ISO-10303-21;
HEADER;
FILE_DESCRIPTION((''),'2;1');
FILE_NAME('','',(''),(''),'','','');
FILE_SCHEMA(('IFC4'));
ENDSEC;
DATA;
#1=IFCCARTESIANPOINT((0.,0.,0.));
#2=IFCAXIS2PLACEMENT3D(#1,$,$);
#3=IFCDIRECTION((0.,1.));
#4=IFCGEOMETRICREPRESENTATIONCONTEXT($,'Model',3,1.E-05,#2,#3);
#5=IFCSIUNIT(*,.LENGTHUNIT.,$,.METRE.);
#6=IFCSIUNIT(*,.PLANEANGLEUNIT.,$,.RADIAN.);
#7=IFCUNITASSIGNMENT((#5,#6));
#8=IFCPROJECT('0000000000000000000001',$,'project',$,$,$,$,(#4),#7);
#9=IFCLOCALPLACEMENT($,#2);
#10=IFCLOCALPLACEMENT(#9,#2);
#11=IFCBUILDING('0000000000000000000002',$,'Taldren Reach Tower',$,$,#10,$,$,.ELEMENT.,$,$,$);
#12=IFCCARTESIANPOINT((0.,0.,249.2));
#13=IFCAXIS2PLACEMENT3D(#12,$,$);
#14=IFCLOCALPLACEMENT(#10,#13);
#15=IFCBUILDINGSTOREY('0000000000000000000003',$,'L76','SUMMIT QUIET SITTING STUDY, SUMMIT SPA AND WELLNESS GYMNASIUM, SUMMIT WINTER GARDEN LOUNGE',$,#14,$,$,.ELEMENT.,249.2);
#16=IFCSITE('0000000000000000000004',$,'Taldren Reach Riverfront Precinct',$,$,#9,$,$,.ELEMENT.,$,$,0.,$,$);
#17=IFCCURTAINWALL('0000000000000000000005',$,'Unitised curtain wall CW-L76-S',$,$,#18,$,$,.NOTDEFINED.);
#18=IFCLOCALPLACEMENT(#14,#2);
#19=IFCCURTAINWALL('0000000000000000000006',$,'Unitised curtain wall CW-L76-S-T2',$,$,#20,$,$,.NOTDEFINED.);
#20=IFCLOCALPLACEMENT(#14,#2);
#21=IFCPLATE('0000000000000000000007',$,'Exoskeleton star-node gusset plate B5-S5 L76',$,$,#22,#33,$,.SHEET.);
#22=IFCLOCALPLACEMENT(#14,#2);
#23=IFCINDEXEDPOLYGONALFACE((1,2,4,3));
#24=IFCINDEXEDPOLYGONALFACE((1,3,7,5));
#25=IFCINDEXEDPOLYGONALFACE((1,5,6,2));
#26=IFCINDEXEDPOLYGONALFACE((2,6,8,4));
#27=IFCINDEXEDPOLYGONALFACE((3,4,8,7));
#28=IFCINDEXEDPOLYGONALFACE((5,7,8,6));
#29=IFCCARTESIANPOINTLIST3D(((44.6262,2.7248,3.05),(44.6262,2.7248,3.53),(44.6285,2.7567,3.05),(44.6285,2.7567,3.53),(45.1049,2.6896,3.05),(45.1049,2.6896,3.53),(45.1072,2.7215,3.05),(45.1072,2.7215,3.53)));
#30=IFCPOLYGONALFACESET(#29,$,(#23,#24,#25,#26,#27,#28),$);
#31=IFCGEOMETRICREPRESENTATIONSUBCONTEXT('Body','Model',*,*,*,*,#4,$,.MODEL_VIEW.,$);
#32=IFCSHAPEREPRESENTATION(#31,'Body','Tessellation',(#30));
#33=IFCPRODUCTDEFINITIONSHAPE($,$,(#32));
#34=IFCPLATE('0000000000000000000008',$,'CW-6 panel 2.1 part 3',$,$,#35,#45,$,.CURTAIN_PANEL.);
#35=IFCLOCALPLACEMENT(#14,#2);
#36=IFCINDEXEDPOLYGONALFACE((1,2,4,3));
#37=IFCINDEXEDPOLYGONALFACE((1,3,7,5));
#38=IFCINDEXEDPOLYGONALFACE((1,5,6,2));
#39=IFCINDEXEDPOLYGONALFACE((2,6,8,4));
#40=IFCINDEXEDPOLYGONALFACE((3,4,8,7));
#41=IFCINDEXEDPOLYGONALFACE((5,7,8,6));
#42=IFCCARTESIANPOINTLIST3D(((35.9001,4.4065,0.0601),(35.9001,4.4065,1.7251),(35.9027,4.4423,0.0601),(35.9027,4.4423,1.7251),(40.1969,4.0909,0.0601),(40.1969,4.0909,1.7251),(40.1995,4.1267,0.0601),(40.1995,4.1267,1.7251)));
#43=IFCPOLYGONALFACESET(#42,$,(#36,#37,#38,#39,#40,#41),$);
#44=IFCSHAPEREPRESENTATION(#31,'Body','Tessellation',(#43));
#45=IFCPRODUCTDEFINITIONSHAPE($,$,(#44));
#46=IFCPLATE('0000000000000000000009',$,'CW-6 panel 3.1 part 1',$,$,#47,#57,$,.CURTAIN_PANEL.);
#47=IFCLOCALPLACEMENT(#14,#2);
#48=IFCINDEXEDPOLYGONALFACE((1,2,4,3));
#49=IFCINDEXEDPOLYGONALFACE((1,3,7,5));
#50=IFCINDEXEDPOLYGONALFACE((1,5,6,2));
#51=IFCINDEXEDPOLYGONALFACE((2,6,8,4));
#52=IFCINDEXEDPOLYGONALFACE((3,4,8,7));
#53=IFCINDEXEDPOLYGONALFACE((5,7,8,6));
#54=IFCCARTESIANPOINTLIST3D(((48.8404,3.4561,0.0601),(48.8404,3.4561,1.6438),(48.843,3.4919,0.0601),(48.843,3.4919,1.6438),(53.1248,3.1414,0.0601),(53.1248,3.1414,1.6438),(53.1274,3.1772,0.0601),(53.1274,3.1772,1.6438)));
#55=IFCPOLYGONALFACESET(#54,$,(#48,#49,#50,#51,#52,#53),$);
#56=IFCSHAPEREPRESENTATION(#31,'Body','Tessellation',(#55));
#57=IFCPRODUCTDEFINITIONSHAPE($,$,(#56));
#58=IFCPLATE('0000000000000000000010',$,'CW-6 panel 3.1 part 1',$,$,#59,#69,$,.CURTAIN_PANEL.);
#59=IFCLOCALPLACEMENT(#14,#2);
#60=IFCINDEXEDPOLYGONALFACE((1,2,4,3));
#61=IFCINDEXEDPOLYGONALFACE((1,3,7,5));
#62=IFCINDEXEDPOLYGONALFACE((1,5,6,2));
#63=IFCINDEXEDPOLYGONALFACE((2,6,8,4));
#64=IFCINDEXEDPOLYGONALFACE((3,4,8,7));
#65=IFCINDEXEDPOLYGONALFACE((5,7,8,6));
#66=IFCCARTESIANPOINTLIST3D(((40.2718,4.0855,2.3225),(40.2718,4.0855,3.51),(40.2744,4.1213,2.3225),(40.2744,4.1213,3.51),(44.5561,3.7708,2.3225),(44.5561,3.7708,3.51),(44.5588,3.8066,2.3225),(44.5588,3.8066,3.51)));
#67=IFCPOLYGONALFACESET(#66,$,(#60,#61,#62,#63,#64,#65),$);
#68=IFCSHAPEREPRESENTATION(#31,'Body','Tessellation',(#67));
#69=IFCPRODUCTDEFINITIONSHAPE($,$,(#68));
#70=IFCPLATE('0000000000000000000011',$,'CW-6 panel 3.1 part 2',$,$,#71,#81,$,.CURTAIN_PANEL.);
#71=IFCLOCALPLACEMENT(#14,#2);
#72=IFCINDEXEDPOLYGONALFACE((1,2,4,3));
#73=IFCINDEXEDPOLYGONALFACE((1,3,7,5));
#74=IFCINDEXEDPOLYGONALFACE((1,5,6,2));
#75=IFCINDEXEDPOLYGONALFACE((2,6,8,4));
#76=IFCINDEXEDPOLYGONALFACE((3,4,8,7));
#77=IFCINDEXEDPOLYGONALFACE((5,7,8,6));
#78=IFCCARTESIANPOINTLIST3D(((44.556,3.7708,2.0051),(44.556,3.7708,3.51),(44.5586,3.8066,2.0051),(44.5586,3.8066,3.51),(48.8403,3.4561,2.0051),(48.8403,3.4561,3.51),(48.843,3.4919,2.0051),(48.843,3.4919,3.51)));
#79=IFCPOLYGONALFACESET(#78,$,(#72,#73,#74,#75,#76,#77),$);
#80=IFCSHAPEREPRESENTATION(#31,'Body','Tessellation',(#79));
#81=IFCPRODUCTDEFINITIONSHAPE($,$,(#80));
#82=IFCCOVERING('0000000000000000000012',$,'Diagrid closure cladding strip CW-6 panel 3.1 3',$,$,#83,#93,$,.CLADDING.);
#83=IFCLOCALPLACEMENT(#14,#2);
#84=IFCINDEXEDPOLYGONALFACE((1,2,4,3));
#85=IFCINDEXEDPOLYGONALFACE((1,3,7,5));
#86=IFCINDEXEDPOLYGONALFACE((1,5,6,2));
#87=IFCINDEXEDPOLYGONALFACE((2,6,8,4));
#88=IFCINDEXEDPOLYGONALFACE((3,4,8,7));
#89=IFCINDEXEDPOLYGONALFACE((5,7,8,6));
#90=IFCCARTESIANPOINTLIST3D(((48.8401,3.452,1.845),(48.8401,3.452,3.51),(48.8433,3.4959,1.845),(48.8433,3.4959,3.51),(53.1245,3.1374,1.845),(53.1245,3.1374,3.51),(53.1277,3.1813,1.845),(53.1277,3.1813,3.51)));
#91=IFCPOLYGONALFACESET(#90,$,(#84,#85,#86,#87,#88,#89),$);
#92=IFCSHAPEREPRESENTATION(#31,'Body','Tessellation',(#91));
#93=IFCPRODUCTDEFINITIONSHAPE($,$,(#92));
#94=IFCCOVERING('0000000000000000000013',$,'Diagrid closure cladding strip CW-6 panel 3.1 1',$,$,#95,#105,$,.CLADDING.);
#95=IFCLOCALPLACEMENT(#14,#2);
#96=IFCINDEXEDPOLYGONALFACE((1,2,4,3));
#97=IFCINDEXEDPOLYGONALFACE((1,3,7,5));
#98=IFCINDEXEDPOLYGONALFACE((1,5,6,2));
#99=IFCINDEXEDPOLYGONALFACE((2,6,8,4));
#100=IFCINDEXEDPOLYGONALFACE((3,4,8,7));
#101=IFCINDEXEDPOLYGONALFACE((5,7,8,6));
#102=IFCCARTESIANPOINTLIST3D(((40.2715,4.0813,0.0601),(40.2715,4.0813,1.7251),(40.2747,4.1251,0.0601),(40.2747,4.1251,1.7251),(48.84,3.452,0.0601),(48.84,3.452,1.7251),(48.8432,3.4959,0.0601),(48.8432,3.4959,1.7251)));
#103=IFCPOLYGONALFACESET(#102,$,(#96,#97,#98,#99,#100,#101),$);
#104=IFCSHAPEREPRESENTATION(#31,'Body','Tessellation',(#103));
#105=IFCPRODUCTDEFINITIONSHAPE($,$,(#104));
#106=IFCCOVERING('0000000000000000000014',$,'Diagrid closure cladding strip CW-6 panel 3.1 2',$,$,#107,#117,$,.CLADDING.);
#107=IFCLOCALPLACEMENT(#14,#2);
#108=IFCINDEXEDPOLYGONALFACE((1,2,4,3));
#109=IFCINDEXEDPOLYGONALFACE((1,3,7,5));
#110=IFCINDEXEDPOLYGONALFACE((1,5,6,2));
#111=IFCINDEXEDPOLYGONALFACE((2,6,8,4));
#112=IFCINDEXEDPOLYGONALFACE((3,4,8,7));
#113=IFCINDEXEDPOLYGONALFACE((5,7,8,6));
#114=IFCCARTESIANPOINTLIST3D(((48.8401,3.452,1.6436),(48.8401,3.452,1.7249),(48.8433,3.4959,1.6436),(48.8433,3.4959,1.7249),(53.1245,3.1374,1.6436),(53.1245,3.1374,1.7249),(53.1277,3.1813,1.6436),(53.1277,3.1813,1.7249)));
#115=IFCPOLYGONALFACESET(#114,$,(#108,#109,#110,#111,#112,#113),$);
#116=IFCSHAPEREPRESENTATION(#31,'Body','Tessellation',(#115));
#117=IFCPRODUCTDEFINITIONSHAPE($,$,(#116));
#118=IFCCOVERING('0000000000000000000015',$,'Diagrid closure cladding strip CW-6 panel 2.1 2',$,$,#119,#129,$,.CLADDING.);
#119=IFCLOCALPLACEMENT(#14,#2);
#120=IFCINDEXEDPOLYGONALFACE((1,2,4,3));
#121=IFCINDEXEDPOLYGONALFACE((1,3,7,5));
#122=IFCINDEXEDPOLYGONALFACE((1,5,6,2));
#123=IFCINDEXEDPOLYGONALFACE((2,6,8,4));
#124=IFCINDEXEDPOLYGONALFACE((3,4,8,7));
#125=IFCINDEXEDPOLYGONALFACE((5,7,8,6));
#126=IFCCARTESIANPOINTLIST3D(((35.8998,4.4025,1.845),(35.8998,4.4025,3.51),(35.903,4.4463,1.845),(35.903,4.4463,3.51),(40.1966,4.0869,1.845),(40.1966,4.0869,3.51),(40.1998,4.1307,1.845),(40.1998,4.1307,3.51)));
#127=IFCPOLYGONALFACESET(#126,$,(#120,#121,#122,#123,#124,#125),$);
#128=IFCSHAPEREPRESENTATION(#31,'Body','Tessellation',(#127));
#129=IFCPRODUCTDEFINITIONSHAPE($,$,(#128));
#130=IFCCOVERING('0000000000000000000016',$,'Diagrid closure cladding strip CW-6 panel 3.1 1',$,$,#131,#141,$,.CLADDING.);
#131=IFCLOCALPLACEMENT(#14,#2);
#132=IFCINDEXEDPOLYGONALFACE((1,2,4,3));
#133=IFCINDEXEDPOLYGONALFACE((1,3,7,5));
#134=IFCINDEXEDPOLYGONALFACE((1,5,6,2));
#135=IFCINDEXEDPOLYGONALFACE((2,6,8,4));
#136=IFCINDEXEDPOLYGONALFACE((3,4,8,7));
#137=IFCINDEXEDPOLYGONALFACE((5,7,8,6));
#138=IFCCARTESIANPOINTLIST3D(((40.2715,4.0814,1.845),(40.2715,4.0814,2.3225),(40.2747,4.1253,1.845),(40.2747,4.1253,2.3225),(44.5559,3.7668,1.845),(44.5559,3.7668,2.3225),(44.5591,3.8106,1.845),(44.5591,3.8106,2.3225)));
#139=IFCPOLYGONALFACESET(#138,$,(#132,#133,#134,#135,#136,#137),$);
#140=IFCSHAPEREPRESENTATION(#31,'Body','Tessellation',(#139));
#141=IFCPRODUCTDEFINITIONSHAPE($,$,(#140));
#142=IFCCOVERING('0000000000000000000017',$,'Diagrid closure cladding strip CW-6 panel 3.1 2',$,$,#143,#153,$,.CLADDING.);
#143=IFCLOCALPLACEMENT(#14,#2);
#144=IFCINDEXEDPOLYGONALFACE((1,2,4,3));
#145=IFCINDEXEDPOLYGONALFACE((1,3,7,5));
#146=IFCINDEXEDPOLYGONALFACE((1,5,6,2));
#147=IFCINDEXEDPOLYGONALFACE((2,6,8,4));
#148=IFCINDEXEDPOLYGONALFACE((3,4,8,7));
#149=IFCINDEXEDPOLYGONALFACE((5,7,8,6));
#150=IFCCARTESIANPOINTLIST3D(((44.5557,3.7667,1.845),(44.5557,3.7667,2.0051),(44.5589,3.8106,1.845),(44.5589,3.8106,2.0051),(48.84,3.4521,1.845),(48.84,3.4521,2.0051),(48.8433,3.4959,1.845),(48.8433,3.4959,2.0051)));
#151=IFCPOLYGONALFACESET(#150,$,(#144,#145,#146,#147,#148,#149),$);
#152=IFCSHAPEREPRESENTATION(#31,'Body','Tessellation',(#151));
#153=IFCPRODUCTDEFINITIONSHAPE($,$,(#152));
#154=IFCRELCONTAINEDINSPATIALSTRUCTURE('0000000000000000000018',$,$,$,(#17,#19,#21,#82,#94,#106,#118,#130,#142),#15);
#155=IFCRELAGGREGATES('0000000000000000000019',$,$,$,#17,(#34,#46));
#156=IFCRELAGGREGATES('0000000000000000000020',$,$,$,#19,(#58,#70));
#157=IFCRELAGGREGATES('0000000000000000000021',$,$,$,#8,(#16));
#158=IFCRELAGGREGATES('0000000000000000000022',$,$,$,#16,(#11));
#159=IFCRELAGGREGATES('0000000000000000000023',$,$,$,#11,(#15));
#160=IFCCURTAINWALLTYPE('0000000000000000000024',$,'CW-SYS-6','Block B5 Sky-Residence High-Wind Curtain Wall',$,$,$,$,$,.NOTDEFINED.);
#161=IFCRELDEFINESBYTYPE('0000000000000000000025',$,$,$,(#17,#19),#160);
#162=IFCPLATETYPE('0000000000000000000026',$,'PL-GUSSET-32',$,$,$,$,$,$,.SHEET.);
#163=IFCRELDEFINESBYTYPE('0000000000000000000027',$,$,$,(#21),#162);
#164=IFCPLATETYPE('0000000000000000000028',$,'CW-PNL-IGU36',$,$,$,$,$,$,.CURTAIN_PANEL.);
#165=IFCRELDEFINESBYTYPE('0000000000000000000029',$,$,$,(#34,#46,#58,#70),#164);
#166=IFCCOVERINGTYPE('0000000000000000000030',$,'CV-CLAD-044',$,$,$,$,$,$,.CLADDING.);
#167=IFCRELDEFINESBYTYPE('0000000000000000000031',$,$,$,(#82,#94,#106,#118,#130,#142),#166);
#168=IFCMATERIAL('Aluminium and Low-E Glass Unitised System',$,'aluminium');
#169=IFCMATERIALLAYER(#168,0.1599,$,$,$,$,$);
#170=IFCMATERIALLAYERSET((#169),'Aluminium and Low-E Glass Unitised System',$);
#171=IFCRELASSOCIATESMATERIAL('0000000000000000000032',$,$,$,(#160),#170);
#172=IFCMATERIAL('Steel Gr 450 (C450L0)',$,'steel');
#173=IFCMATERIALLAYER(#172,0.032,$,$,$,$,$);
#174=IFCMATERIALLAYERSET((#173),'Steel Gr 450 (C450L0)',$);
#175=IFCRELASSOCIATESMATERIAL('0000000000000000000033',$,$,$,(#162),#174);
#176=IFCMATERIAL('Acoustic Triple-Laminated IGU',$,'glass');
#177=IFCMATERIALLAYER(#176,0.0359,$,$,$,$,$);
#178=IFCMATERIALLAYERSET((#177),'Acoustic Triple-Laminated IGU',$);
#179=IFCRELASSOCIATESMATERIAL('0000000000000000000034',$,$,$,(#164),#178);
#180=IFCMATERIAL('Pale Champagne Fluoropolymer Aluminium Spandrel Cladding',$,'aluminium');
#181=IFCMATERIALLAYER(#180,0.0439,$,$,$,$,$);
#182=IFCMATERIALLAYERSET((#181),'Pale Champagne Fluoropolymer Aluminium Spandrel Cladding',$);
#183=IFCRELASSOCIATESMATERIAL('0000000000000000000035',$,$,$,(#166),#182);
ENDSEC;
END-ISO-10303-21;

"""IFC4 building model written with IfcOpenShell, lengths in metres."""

from ifc_helpers import new_model, si_unit, direction, frame, origin, origin_2d, place, context, subcontext, project, spatial, rectangle, extrude, source, transform, mapped, material, layer, layer_set, type_object, element, aggregate, save


model = new_model("IFC4")

# Units and contexts
model_context = context("Model", 3, precision=1e-05, world=origin(), true_north=direction((0.0, 1.0)))
body_context = subcontext(model_context, "Body", "Model", "MODEL_VIEW")
ifc_project = project(units=[si_unit("LENGTHUNIT", "METRE"), si_unit("PLANEANGLEUNIT", "RADIAN")], contexts=[model_context])

# Site, building, storey
site_placement = place(None, origin())
site = spatial("IfcSite", under=ifc_project, at=site_placement, Name="Taldren Reach Riverfront Precinct", CompositionType="ELEMENT", RefElevation=0.0)
building_placement = place(site_placement, origin())
building = spatial("IfcBuilding", under=site, at=building_placement, Name="Taldren Reach Tower", CompositionType="ELEMENT")
storey_placement = place(building_placement, frame((0.0, 0.0, 249.2)))
storey = spatial("IfcBuildingStorey", under=building, at=storey_placement, Name="L76", Description="SUMMIT QUIET SITTING STUDY, SUMMIT SPA AND WELLNESS GYMNASIUM, SUMMIT WINTER GARDEN LOUNGE", CompositionType="ELEMENT", Elevation=249.2)

# Shared definitions
ifc_material_1 = material(Name="Steel Gr 450 (C450L0)", Category="steel")

# Curtain walls
ifc_material_2 = material(Name="Aluminium and Low-E Glass Unitised System", Category="aluminium")
ifc_layer_1 = layer(ifc_material_2, 0.1599)
ifc_layer_set_1 = layer_set([ifc_layer_1], Name="Aluminium and Low-E Glass Unitised System")
curtain_wall_type = type_object("IfcCurtainWallType", Name="CW-SYS-6", Description="Block B5 Sky-Residence High-Wind Curtain Wall", PredefinedType="NOTDEFINED", material=ifc_layer_set_1)
curtain_wall_1_placement = place(storey_placement, origin())
curtain_wall_1 = element("IfcCurtainWall", 1, at=curtain_wall_1_placement, inside=storey, type_object=curtain_wall_type, Name="Unitised curtain wall CW-L76-S", PredefinedType="NOTDEFINED")
curtain_wall_2_placement = place(storey_placement, origin())
curtain_wall_2 = element("IfcCurtainWall", 2, at=curtain_wall_2_placement, inside=storey, type_object=curtain_wall_type, Name="Unitised curtain wall CW-L76-S-T2", PredefinedType="NOTDEFINED")

# Plate
ifc_layer_2 = layer(ifc_material_1, 0.032)
ifc_layer_set_2 = layer_set([ifc_layer_2], Name="Steel Gr 450 (C450L0)")
plate_type_1 = type_object("IfcPlateType", Name="PL-GUSSET-32", PredefinedType="SHEET", material=ifc_layer_set_2)
shared_shape_1 = source(origin(), body_context, "Body", "SweptSolid", [
    extrude(rectangle(XDim=0.48, YDim=0.032, at=origin_2d()), origin(), (0.0, 0.0, 1.0), 0.48),
])
for number, where, z_axis, x_axis, name in (
    (3, (44.8667, 2.7231, 3.05), (0.0, 0.0, 1.0), (0.997314, -0.073238, 0.0), "Exoskeleton star-node gusset plate B5-S5 L76"),
):
    element("IfcPlate", number, at=place(storey_placement, frame(where, z_axis=z_axis, x_axis=x_axis)), inside=storey, type_object=plate_type_1, Name=name, PredefinedType="SHEET", context=body_context, shape_type="MappedRepresentation", body=[
        mapped(shared_shape_1, transform((0.0, 0.0, 0.0), scale=1.0)),
    ])

# Plates
ifc_material_3 = material(Name="Acoustic Triple-Laminated IGU", Category="glass")
ifc_layer_3 = layer(ifc_material_3, 0.0359)
ifc_layer_set_3 = layer_set([ifc_layer_3], Name="Acoustic Triple-Laminated IGU")
plate_type_2 = type_object("IfcPlateType", Name="CW-PNL-IGU36", PredefinedType="CURTAIN_PANEL", material=ifc_layer_set_3)
shared_shape_2 = source(origin(), body_context, "Body", "SweptSolid", [
    extrude(rectangle(XDim=4.3083, YDim=0.0359, at=origin_2d()), origin(), (0.0, 0.0, 1.0), 1.665),
])
plate_1_placement = place(storey_placement, frame((38.0498, 4.2666, 0.0601), z_axis=(0.0, 0.0, 1.0), x_axis=(0.997314, -0.073238, 0.0)))
plate_1 = element("IfcPlate", 4, at=plate_1_placement, type_object=plate_type_2, Name="CW-6 panel 2.1 part 3", PredefinedType="CURTAIN_PANEL", context=body_context, shape_type="MappedRepresentation", body=[
    mapped(shared_shape_2, transform((0.0, 0.0, 0.0), scale=1.0)),
])
shared_shape_3 = source(origin(), body_context, "Body", "SweptSolid", [
    extrude(rectangle(XDim=4.2959, YDim=0.0359, at=origin_2d()), origin(), (0.0, 0.0, 1.0), 1.5837),
])
plate_2_placement = place(storey_placement, frame((50.9839, 3.3167, 0.0601), z_axis=(0.0, 0.0, 1.0), x_axis=(0.997314, -0.073238, 0.0)))
plate_2 = element("IfcPlate", 5, at=plate_2_placement, type_object=plate_type_2, Name="CW-6 panel 3.1 part 1", PredefinedType="CURTAIN_PANEL", context=body_context, shape_type="MappedRepresentation", body=[
    mapped(shared_shape_3, transform((0.0, 0.0, 0.0), scale=1.0)),
])
aggregate(curtain_wall_1, [plate_1, plate_2])
shared_shape_4 = source(origin(), body_context, "Body", "SweptSolid", [
    extrude(rectangle(XDim=4.2959, YDim=0.0359, at=origin_2d()), origin(), (0.0, 0.0, 1.0), 1.1875),
])
plate_3_placement = place(storey_placement, frame((42.4153, 3.946, 2.3225), z_axis=(0.0, 0.0, 1.0), x_axis=(0.997314, -0.073238, 0.0)))
plate_3 = element("IfcPlate", 6, at=plate_3_placement, type_object=plate_type_2, Name="CW-6 panel 3.1 part 1", PredefinedType="CURTAIN_PANEL", context=body_context, shape_type="MappedRepresentation", body=[
    mapped(shared_shape_4, transform((0.0, 0.0, 0.0), scale=1.0)),
])
shared_shape_5 = source(origin(), body_context, "Body", "SweptSolid", [
    extrude(rectangle(XDim=4.2959, YDim=0.0359, at=origin_2d()), origin(), (0.0, 0.0, 1.0), 1.5049),
])
plate_4_placement = place(storey_placement, frame((46.6995, 3.6313, 2.0051), z_axis=(0.0, 0.0, 1.0), x_axis=(0.997314, -0.073238, 0.0)))
plate_4 = element("IfcPlate", 7, at=plate_4_placement, type_object=plate_type_2, Name="CW-6 panel 3.1 part 2", PredefinedType="CURTAIN_PANEL", context=body_context, shape_type="MappedRepresentation", body=[
    mapped(shared_shape_5, transform((0.0, 0.0, 0.0), scale=1.0)),
])
aggregate(curtain_wall_2, [plate_3, plate_4])

# Coverings
ifc_material_4 = material(Name="Pale Champagne Fluoropolymer Aluminium Spandrel Cladding", Category="aluminium")
ifc_layer_4 = layer(ifc_material_4, 0.0439)
ifc_layer_set_4 = layer_set([ifc_layer_4], Name="Pale Champagne Fluoropolymer Aluminium Spandrel Cladding")
covering_type = type_object("IfcCoveringType", Name="CV-CLAD-044", PredefinedType="CLADDING", material=ifc_layer_set_4)
shared_shape_6 = source(origin(), body_context, "Body", "SweptSolid", [
    extrude(rectangle(XDim=4.2959, YDim=0.0439, at=origin_2d()), origin(), (0.0, 0.0, 1.0), 1.665),
])
covering_1_placement = place(storey_placement, frame((50.9839, 3.3167, 1.845), z_axis=(0.0, 0.0, 1.0), x_axis=(0.997314, -0.073238, 0.0)))
element("IfcCovering", 8, at=covering_1_placement, inside=storey, type_object=covering_type, Name="Diagrid closure cladding strip CW-6 panel 3.1 3", PredefinedType="CLADDING", context=body_context, shape_type="MappedRepresentation", body=[
    mapped(shared_shape_6, transform((0.0, 0.0, 0.0), scale=1.0)),
])
shared_shape_7 = source(origin(), body_context, "Body", "SweptSolid", [
    extrude(rectangle(XDim=8.5916, YDim=0.0439, at=origin_2d()), origin(), (0.0, 0.0, 1.0), 1.665),
])
covering_2_placement = place(storey_placement, frame((44.5574, 3.7886, 0.0601), z_axis=(0.0, 0.0, 1.0), x_axis=(0.997314, -0.073238, 0.0)))
element("IfcCovering", 9, at=covering_2_placement, inside=storey, type_object=covering_type, Name="Diagrid closure cladding strip CW-6 panel 3.1 1", PredefinedType="CLADDING", context=body_context, shape_type="MappedRepresentation", body=[
    mapped(shared_shape_7, transform((0.0, 0.0, 0.0), scale=1.0)),
])
shared_shape_8 = source(origin(), body_context, "Body", "SweptSolid", [
    extrude(rectangle(XDim=4.2959, YDim=0.0439, at=origin_2d()), origin(), (0.0, 0.0, 1.0), 0.0813),
])
covering_3_placement = place(storey_placement, frame((50.9839, 3.3167, 1.6436), z_axis=(0.0, 0.0, 1.0), x_axis=(0.997314, -0.073238, 0.0)))
element("IfcCovering", 10, at=covering_3_placement, inside=storey, type_object=covering_type, Name="Diagrid closure cladding strip CW-6 panel 3.1 2", PredefinedType="CLADDING", context=body_context, shape_type="MappedRepresentation", body=[
    mapped(shared_shape_8, transform((0.0, 0.0, 0.0), scale=1.0)),
])
shared_shape_9 = source(origin(), body_context, "Body", "SweptSolid", [
    extrude(rectangle(XDim=4.3083, YDim=0.0439, at=origin_2d()), origin(), (0.0, 0.0, 1.0), 1.665),
])
covering_4_placement = place(storey_placement, frame((38.0498, 4.2666, 1.845), z_axis=(0.0, 0.0, 1.0), x_axis=(0.997314, -0.073238, 0.0)))
element("IfcCovering", 11, at=covering_4_placement, inside=storey, type_object=covering_type, Name="Diagrid closure cladding strip CW-6 panel 2.1 2", PredefinedType="CLADDING", context=body_context, shape_type="MappedRepresentation", body=[
    mapped(shared_shape_9, transform((0.0, 0.0, 0.0), scale=1.0)),
])
shared_shape_10 = source(origin(), body_context, "Body", "SweptSolid", [
    extrude(rectangle(XDim=4.2959, YDim=0.0439, at=origin_2d()), origin(), (0.0, 0.0, 1.0), 0.4775),
])
covering_5_placement = place(storey_placement, frame((42.4153, 3.946, 1.845), z_axis=(0.0, 0.0, 1.0), x_axis=(0.997314, -0.073238, 0.0)))
element("IfcCovering", 12, at=covering_5_placement, inside=storey, type_object=covering_type, Name="Diagrid closure cladding strip CW-6 panel 3.1 1", PredefinedType="CLADDING", context=body_context, shape_type="MappedRepresentation", body=[
    mapped(shared_shape_10, transform((0.0, 0.0, 0.0), scale=1.0)),
])
shared_shape_11 = source(origin(), body_context, "Body", "SweptSolid", [
    extrude(rectangle(XDim=4.2959, YDim=0.0439, at=origin_2d()), origin(), (0.0, 0.0, 1.0), 0.1602),
])
covering_6_placement = place(storey_placement, frame((46.6995, 3.6313, 1.845), z_axis=(0.0, 0.0, 1.0), x_axis=(0.997314, -0.073238, 0.0)))
element("IfcCovering", 13, at=covering_6_placement, inside=storey, type_object=covering_type, Name="Diagrid closure cladding strip CW-6 panel 3.1 2", PredefinedType="CLADDING", context=body_context, shape_type="MappedRepresentation", body=[
    mapped(shared_shape_11, transform((0.0, 0.0, 0.0), scale=1.0)),
])

save(model, "model.ifc")
